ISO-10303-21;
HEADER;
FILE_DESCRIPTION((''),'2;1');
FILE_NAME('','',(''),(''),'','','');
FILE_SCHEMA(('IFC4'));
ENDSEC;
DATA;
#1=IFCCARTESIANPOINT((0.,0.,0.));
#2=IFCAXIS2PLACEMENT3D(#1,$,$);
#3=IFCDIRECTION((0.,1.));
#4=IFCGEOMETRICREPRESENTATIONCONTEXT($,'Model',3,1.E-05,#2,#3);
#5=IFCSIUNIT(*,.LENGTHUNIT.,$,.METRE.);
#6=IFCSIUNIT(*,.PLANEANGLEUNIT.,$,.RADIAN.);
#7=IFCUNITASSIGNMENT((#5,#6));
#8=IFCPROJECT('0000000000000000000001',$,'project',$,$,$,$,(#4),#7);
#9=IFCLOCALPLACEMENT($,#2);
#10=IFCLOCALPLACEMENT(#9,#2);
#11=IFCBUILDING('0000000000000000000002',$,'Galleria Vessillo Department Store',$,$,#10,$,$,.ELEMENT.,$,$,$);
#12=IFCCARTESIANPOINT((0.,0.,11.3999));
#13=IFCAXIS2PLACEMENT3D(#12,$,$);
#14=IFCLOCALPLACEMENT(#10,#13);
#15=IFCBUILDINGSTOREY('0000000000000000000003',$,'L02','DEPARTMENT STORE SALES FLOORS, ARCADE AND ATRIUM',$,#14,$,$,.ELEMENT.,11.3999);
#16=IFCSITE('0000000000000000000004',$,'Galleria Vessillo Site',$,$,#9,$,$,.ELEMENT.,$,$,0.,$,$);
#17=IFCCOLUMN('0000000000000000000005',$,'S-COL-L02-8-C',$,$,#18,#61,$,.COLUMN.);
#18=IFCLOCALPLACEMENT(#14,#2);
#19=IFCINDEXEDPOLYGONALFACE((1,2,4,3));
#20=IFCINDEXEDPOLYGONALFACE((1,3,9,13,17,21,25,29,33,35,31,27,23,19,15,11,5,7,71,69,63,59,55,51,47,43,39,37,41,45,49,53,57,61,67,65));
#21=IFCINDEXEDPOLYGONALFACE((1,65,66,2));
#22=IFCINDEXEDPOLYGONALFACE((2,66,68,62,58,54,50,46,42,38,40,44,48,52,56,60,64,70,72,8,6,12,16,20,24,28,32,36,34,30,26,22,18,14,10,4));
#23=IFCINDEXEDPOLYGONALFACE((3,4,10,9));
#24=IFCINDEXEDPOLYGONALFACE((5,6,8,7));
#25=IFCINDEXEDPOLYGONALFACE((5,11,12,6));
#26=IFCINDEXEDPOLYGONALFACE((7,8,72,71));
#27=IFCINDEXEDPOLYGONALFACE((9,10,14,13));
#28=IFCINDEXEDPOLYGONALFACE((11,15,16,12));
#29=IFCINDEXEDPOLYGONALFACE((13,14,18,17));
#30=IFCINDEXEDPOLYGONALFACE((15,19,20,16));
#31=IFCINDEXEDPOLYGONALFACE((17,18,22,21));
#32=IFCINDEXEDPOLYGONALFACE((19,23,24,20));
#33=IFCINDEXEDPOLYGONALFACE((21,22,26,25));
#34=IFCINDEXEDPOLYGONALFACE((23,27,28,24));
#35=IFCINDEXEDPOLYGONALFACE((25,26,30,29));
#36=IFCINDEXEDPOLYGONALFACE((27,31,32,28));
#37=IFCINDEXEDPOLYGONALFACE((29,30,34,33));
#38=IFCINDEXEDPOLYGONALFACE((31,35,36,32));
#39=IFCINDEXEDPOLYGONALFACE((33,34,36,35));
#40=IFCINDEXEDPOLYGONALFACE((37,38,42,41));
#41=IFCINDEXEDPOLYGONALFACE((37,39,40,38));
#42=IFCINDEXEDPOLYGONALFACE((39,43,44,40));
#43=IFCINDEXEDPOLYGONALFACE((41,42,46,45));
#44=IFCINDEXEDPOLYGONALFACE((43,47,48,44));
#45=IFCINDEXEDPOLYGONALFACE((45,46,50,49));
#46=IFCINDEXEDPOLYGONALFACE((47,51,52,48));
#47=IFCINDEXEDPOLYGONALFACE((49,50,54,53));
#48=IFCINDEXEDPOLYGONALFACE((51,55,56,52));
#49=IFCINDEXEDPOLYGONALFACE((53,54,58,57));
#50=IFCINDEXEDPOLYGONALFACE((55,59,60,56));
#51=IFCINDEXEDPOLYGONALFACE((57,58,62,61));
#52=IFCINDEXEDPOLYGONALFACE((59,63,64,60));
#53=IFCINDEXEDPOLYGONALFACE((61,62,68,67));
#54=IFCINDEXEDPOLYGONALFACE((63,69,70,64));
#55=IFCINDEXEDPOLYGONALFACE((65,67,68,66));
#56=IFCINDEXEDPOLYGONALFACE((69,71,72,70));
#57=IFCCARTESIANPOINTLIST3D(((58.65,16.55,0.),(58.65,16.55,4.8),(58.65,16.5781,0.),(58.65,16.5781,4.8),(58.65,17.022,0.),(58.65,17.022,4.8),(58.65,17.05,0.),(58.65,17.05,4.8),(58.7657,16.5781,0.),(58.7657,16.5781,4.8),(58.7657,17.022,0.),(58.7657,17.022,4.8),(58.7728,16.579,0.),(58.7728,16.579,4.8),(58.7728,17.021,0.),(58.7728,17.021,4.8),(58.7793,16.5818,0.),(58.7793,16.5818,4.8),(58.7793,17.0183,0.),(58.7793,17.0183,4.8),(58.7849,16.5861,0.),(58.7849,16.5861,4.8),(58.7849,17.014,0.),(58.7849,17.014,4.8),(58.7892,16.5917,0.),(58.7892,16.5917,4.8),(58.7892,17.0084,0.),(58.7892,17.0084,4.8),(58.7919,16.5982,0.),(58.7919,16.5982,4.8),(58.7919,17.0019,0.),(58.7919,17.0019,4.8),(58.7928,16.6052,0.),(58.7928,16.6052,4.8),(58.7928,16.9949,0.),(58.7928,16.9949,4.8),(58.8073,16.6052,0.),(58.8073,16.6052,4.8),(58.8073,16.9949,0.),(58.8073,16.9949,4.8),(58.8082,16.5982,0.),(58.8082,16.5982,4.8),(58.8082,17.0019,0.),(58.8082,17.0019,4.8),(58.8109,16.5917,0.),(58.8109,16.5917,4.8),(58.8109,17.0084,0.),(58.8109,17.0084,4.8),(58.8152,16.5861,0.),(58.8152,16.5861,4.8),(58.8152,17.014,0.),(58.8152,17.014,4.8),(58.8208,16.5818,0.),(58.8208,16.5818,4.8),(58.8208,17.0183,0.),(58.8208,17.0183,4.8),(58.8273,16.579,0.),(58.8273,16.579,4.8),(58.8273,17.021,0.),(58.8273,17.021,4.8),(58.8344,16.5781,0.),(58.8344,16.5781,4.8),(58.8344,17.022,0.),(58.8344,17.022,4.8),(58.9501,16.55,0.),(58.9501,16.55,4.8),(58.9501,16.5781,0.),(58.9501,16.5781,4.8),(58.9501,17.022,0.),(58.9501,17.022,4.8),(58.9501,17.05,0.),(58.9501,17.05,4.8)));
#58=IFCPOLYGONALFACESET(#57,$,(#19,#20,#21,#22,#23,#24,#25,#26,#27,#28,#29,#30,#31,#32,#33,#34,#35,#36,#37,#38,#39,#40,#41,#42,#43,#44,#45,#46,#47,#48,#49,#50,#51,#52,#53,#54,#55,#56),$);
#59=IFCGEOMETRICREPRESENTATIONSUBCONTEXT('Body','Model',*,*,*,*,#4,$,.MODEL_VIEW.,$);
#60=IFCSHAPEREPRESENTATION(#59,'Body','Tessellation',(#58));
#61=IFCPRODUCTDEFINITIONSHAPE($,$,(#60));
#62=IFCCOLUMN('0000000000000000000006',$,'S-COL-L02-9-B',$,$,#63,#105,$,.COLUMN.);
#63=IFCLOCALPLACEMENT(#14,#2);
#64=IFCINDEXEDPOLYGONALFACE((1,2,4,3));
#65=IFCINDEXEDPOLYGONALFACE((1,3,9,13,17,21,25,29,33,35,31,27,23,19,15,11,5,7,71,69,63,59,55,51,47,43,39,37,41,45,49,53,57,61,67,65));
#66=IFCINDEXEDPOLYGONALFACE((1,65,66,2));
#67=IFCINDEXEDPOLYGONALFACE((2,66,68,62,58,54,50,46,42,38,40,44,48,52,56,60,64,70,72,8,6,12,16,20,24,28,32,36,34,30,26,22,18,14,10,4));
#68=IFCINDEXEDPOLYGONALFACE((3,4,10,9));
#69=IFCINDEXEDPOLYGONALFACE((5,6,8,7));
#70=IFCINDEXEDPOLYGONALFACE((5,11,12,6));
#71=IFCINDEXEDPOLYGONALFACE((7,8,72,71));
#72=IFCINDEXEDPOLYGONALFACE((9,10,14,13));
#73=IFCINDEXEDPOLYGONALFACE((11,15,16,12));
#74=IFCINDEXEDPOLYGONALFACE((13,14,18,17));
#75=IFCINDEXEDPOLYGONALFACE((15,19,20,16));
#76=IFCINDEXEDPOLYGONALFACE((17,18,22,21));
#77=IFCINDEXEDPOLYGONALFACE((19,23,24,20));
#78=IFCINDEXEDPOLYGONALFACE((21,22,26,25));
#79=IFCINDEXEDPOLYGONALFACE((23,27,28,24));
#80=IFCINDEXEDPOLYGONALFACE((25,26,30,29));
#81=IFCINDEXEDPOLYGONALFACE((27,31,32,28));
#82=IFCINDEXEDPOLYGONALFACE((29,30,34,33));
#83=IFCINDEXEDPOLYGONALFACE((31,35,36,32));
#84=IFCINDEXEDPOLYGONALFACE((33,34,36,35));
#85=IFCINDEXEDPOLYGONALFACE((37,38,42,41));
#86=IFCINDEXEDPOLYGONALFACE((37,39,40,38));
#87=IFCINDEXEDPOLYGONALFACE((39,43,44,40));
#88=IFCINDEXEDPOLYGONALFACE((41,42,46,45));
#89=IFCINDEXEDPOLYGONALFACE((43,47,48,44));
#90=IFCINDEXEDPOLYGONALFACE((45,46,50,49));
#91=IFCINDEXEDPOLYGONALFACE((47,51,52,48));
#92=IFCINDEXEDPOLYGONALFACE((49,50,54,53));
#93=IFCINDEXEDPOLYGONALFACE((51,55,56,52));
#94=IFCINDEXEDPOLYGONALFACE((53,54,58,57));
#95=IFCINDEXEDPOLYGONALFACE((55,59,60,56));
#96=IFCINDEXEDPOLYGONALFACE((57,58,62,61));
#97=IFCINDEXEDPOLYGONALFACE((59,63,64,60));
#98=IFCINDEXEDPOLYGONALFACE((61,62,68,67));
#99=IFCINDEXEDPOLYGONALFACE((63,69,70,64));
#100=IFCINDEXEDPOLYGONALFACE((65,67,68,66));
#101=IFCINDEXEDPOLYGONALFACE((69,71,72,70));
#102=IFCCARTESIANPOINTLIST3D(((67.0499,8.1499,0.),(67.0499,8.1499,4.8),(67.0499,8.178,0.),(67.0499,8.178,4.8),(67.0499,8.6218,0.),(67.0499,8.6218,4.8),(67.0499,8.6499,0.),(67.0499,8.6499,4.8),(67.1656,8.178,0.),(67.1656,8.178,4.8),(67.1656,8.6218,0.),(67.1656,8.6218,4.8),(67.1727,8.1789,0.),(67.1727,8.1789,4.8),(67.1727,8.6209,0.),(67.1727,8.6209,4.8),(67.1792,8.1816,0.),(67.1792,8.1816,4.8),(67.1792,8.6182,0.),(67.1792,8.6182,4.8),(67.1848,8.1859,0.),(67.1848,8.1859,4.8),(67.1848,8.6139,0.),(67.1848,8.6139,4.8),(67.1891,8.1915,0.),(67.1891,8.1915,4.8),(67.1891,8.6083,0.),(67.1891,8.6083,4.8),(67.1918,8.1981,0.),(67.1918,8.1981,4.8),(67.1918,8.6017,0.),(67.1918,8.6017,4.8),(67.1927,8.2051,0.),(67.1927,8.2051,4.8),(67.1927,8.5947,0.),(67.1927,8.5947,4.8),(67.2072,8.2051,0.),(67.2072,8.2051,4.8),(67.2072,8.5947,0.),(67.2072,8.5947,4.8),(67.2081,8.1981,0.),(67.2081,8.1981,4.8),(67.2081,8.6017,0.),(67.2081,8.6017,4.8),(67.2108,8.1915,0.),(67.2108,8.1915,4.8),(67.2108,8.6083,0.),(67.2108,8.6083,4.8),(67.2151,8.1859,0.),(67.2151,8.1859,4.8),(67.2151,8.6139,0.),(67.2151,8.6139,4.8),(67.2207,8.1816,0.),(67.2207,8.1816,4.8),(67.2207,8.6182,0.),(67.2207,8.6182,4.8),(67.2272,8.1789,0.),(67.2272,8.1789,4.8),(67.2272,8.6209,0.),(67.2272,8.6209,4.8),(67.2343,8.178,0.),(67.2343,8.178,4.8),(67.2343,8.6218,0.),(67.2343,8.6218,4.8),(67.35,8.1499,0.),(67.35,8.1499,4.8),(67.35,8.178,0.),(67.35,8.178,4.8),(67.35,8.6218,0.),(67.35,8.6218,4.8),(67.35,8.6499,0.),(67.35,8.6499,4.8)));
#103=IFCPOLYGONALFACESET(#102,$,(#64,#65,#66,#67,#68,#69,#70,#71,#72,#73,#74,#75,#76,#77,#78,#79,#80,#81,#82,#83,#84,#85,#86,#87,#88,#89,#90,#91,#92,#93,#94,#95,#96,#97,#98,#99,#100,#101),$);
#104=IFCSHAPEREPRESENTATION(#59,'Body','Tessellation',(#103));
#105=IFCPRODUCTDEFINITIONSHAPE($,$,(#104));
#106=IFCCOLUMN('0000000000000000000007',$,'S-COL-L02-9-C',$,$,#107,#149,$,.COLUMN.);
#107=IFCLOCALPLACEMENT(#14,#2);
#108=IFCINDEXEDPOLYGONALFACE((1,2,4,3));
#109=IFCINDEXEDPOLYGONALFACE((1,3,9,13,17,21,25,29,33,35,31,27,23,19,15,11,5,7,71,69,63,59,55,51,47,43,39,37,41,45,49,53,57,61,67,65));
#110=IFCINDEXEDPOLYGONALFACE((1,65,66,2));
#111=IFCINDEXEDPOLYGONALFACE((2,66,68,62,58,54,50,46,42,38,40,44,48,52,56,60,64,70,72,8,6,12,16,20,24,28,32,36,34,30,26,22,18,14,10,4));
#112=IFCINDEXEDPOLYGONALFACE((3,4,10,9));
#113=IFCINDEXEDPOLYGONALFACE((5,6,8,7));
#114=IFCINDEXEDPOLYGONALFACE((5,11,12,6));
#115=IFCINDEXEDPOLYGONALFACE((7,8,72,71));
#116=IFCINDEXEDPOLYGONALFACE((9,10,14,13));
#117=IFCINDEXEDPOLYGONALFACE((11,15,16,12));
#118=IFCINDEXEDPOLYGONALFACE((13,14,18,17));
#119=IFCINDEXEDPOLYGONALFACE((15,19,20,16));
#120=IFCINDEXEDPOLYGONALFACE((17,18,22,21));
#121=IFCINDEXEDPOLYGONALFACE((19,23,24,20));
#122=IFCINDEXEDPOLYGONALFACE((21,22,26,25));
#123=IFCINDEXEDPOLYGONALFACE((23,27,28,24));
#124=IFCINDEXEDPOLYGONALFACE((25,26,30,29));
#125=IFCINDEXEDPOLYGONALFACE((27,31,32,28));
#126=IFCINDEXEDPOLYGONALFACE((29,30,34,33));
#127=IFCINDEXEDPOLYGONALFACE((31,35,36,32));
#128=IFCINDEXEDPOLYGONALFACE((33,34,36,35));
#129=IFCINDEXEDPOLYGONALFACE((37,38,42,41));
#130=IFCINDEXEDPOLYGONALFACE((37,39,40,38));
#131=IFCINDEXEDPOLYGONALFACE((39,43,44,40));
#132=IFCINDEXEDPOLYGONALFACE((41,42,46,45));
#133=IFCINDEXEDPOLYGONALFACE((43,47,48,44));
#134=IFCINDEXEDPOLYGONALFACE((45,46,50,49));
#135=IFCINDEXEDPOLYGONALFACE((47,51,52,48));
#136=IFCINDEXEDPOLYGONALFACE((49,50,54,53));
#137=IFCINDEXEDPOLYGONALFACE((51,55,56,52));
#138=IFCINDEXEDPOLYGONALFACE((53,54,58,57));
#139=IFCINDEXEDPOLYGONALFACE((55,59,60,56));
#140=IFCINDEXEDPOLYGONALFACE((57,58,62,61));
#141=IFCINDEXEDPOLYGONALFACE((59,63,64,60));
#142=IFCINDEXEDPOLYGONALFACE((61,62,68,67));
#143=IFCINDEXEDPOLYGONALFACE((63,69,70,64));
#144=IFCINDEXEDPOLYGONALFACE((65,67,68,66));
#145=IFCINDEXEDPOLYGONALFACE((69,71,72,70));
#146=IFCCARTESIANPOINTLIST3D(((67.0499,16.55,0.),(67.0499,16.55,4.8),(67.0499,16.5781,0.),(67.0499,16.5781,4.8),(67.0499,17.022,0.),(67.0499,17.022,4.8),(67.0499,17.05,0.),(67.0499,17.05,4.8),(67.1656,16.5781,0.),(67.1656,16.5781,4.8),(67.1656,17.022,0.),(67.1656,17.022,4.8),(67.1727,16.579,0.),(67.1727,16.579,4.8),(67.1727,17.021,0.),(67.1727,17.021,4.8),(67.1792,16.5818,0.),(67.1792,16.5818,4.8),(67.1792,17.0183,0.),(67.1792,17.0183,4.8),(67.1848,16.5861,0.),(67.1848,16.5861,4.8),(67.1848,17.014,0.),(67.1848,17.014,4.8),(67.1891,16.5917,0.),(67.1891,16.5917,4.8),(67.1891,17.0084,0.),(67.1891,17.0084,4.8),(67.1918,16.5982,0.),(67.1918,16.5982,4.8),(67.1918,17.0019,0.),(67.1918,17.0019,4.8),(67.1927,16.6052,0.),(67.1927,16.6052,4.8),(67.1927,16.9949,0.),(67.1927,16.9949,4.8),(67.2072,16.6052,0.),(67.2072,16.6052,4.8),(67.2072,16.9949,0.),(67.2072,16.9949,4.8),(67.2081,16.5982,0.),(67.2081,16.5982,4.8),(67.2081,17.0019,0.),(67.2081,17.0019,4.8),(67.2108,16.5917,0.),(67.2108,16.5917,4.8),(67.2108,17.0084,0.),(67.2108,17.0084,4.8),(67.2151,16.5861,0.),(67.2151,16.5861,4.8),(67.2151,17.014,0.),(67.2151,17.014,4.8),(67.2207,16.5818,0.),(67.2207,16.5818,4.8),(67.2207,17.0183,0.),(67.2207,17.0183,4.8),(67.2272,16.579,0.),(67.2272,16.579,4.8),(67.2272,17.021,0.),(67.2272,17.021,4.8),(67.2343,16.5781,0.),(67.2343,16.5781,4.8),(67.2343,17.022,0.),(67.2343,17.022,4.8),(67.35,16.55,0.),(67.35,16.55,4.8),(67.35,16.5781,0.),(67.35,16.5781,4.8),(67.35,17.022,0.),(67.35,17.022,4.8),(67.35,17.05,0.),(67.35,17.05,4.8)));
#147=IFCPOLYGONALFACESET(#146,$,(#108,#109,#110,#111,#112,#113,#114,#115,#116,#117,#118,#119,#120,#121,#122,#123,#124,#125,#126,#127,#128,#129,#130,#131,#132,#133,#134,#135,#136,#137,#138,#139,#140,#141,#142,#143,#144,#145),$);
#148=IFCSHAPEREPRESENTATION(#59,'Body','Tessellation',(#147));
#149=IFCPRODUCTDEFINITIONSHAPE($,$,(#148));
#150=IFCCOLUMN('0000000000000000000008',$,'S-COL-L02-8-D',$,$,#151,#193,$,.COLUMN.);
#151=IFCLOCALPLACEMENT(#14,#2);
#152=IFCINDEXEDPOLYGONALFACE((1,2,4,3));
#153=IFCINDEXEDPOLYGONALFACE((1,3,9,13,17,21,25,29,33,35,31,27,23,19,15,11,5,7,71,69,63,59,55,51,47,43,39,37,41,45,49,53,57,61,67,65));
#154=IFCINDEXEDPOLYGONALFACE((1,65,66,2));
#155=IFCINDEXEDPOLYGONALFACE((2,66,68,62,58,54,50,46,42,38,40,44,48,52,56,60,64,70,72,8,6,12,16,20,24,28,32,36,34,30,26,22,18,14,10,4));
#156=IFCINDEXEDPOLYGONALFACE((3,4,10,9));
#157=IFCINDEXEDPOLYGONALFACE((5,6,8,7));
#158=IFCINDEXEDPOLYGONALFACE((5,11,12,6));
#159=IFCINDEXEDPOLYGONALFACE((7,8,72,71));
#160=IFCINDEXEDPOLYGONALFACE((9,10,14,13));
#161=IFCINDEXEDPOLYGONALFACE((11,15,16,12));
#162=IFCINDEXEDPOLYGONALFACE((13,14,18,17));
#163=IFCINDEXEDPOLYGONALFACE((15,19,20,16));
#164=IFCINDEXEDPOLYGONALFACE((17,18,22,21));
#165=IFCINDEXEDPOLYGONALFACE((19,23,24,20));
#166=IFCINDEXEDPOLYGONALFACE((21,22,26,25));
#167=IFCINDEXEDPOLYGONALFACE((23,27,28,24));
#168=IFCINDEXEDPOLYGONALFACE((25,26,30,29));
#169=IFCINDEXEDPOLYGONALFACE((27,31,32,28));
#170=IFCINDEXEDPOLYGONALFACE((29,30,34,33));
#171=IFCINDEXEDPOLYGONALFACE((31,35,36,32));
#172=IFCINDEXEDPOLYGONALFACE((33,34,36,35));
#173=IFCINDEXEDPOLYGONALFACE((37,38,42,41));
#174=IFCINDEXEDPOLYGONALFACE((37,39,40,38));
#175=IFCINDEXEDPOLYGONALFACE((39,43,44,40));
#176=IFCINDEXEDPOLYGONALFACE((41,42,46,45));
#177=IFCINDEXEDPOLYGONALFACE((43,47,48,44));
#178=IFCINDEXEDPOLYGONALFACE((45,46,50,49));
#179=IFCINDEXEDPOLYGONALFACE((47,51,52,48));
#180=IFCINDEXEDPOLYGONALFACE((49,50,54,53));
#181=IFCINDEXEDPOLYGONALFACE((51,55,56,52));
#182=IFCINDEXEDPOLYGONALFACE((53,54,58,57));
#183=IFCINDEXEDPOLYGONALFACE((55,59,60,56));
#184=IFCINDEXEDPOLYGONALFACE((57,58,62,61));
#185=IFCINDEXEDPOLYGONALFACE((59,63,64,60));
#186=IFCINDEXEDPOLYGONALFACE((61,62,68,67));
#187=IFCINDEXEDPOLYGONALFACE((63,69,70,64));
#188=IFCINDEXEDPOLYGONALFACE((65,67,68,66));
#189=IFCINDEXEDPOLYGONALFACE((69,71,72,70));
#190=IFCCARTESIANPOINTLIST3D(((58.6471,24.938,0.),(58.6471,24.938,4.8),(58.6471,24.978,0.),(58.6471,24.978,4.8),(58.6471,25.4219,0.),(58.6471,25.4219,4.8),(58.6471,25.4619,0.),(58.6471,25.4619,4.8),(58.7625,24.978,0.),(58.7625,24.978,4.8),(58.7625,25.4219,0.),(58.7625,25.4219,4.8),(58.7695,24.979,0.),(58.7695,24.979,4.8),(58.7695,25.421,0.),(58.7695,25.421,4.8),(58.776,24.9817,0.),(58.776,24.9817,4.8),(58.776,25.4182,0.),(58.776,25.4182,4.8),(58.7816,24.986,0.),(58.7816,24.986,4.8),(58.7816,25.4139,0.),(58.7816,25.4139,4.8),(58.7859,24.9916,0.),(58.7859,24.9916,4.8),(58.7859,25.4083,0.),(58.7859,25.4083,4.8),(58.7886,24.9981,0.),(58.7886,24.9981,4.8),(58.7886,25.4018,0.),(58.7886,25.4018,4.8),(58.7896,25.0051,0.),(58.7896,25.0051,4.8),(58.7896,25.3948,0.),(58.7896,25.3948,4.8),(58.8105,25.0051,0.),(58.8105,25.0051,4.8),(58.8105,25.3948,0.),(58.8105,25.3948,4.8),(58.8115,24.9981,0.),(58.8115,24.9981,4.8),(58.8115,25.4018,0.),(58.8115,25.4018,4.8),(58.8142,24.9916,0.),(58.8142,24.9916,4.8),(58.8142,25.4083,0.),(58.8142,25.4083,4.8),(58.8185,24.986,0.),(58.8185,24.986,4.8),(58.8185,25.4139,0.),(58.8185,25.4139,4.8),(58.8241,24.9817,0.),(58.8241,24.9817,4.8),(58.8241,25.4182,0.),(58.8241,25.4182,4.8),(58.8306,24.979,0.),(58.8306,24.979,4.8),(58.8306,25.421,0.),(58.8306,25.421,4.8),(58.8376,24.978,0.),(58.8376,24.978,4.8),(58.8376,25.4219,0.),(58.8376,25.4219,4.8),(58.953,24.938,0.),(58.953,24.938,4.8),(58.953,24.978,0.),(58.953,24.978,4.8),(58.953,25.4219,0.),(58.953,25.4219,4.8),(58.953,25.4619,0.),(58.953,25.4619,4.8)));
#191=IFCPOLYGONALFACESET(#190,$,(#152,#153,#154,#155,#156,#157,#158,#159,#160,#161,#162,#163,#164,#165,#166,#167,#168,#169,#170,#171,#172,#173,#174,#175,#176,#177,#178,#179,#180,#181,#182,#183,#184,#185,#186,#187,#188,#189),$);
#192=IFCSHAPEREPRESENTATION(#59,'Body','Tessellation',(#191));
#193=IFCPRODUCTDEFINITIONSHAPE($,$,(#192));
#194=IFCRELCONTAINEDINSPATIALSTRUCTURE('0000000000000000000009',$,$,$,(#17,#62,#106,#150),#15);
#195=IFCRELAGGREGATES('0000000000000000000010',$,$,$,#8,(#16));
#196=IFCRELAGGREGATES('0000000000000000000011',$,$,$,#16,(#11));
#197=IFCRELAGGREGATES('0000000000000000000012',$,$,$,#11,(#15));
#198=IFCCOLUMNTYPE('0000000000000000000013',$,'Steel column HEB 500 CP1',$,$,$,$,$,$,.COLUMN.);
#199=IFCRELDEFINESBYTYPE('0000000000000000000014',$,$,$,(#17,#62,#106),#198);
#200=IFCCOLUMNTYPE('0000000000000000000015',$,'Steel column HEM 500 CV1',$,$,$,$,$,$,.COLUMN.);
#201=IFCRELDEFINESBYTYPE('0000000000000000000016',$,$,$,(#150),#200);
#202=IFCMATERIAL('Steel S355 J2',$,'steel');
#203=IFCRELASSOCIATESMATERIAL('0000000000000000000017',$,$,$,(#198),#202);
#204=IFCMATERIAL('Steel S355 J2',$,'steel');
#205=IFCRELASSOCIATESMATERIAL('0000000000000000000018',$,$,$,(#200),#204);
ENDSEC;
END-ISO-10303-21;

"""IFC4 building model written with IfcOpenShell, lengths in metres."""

from ifc_helpers import new_model, si_unit, direction, frame, origin, origin_2d, place, context, subcontext, project, spatial, i_section, extrude, material, material_profile, profile_set, type_object, element, save


model = new_model("IFC4")

# Units and contexts
model_context = context("Model", 3, precision=1e-05, world=origin(), true_north=direction((0.0, 1.0)))
body_context = subcontext(model_context, "Body", "Model", "MODEL_VIEW")
ifc_project = project(units=[si_unit("LENGTHUNIT", "METRE"), si_unit("PLANEANGLEUNIT", "RADIAN")], contexts=[model_context])

# Site, building, storey
site_placement = place(None, origin())
site = spatial("IfcSite", under=ifc_project, at=site_placement, Name="Galleria Vessillo Site", CompositionType="ELEMENT", RefElevation=0.0)
building_placement = place(site_placement, origin())
building = spatial("IfcBuilding", under=site, at=building_placement, Name="Galleria Vessillo Department Store", CompositionType="ELEMENT")
storey_placement = place(building_placement, frame((0.0, 0.0, 11.3999)))
storey = spatial("IfcBuildingStorey", under=building, at=storey_placement, Name="L02", Description="DEPARTMENT STORE SALES FLOORS, ARCADE AND ATRIUM", CompositionType="ELEMENT", Elevation=11.3999)

# Columns
ifc_material_1 = material(Name="Steel S355 J2", Category="steel")
ifc_material_profile_1 = material_profile(ifc_material_1, i_section(OverallWidth=0.3, OverallDepth=0.5, WebThickness=0.0144, FlangeThickness=0.0281, FilletRadius=0.0271, at=origin_2d()), Name="HEB 500")
ifc_profile_set_1 = profile_set([ifc_material_profile_1], Name="Steel S355 J2")
column_type_1 = type_object("IfcColumnType", Name="Steel column HEB 500 CP1", PredefinedType="COLUMN", material=ifc_profile_set_1)
for number, where, z_axis, x_axis, name in (
    (1, (58.8, 16.8, 0.0), (0.0, 0.0, 1.0), (1.0, 0.0, 0.0), "S-COL-L02-8-C"),
    (2, (67.2, 8.3999, 0.0), (0.0, 0.0, 1.0), (1.0, 0.0, 0.0), "S-COL-L02-9-B"),
    (3, (67.2, 16.8, 0.0), (0.0, 0.0, 1.0), (1.0, 0.0, 0.0), "S-COL-L02-9-C"),
):
    element("IfcColumn", number, at=place(storey_placement, frame(where, z_axis=z_axis, x_axis=x_axis)), inside=storey, type_object=column_type_1, Name=name, PredefinedType="COLUMN", context=body_context, shape_type="SweptSolid", body=[
        extrude(i_section(OverallWidth=0.3, OverallDepth=0.5, WebThickness=0.0144, FlangeThickness=0.0281, FilletRadius=0.0271, at=origin_2d()), origin(), (0.0, 0.0, 1.0), 4.8),
    ])
ifc_material_2 = material(Name="Steel S355 J2", Category="steel")
ifc_material_profile_2 = material_profile(ifc_material_2, i_section(OverallWidth=0.3059, OverallDepth=0.5239, WebThickness=0.021, FlangeThickness=0.04, FilletRadius=0.0271, at=origin_2d()), Name="HEM 500")
ifc_profile_set_2 = profile_set([ifc_material_profile_2], Name="Steel S355 J2")
column_type_2 = type_object("IfcColumnType", Name="Steel column HEM 500 CV1", PredefinedType="COLUMN", material=ifc_profile_set_2)
for number, where, z_axis, x_axis, name in (
    (4, (58.8, 25.2, 0.0), (0.0, 0.0, 1.0), (1.0, 0.0, 0.0), "S-COL-L02-8-D"),
):
    element("IfcColumn", number, at=place(storey_placement, frame(where, z_axis=z_axis, x_axis=x_axis)), inside=storey, type_object=column_type_2, Name=name, PredefinedType="COLUMN", context=body_context, shape_type="SweptSolid", body=[
        extrude(i_section(OverallWidth=0.3059, OverallDepth=0.5239, WebThickness=0.021, FlangeThickness=0.04, FilletRadius=0.0271, at=origin_2d()), origin(), (0.0, 0.0, 1.0), 4.8),
    ])

save(model, "model.ifc")
